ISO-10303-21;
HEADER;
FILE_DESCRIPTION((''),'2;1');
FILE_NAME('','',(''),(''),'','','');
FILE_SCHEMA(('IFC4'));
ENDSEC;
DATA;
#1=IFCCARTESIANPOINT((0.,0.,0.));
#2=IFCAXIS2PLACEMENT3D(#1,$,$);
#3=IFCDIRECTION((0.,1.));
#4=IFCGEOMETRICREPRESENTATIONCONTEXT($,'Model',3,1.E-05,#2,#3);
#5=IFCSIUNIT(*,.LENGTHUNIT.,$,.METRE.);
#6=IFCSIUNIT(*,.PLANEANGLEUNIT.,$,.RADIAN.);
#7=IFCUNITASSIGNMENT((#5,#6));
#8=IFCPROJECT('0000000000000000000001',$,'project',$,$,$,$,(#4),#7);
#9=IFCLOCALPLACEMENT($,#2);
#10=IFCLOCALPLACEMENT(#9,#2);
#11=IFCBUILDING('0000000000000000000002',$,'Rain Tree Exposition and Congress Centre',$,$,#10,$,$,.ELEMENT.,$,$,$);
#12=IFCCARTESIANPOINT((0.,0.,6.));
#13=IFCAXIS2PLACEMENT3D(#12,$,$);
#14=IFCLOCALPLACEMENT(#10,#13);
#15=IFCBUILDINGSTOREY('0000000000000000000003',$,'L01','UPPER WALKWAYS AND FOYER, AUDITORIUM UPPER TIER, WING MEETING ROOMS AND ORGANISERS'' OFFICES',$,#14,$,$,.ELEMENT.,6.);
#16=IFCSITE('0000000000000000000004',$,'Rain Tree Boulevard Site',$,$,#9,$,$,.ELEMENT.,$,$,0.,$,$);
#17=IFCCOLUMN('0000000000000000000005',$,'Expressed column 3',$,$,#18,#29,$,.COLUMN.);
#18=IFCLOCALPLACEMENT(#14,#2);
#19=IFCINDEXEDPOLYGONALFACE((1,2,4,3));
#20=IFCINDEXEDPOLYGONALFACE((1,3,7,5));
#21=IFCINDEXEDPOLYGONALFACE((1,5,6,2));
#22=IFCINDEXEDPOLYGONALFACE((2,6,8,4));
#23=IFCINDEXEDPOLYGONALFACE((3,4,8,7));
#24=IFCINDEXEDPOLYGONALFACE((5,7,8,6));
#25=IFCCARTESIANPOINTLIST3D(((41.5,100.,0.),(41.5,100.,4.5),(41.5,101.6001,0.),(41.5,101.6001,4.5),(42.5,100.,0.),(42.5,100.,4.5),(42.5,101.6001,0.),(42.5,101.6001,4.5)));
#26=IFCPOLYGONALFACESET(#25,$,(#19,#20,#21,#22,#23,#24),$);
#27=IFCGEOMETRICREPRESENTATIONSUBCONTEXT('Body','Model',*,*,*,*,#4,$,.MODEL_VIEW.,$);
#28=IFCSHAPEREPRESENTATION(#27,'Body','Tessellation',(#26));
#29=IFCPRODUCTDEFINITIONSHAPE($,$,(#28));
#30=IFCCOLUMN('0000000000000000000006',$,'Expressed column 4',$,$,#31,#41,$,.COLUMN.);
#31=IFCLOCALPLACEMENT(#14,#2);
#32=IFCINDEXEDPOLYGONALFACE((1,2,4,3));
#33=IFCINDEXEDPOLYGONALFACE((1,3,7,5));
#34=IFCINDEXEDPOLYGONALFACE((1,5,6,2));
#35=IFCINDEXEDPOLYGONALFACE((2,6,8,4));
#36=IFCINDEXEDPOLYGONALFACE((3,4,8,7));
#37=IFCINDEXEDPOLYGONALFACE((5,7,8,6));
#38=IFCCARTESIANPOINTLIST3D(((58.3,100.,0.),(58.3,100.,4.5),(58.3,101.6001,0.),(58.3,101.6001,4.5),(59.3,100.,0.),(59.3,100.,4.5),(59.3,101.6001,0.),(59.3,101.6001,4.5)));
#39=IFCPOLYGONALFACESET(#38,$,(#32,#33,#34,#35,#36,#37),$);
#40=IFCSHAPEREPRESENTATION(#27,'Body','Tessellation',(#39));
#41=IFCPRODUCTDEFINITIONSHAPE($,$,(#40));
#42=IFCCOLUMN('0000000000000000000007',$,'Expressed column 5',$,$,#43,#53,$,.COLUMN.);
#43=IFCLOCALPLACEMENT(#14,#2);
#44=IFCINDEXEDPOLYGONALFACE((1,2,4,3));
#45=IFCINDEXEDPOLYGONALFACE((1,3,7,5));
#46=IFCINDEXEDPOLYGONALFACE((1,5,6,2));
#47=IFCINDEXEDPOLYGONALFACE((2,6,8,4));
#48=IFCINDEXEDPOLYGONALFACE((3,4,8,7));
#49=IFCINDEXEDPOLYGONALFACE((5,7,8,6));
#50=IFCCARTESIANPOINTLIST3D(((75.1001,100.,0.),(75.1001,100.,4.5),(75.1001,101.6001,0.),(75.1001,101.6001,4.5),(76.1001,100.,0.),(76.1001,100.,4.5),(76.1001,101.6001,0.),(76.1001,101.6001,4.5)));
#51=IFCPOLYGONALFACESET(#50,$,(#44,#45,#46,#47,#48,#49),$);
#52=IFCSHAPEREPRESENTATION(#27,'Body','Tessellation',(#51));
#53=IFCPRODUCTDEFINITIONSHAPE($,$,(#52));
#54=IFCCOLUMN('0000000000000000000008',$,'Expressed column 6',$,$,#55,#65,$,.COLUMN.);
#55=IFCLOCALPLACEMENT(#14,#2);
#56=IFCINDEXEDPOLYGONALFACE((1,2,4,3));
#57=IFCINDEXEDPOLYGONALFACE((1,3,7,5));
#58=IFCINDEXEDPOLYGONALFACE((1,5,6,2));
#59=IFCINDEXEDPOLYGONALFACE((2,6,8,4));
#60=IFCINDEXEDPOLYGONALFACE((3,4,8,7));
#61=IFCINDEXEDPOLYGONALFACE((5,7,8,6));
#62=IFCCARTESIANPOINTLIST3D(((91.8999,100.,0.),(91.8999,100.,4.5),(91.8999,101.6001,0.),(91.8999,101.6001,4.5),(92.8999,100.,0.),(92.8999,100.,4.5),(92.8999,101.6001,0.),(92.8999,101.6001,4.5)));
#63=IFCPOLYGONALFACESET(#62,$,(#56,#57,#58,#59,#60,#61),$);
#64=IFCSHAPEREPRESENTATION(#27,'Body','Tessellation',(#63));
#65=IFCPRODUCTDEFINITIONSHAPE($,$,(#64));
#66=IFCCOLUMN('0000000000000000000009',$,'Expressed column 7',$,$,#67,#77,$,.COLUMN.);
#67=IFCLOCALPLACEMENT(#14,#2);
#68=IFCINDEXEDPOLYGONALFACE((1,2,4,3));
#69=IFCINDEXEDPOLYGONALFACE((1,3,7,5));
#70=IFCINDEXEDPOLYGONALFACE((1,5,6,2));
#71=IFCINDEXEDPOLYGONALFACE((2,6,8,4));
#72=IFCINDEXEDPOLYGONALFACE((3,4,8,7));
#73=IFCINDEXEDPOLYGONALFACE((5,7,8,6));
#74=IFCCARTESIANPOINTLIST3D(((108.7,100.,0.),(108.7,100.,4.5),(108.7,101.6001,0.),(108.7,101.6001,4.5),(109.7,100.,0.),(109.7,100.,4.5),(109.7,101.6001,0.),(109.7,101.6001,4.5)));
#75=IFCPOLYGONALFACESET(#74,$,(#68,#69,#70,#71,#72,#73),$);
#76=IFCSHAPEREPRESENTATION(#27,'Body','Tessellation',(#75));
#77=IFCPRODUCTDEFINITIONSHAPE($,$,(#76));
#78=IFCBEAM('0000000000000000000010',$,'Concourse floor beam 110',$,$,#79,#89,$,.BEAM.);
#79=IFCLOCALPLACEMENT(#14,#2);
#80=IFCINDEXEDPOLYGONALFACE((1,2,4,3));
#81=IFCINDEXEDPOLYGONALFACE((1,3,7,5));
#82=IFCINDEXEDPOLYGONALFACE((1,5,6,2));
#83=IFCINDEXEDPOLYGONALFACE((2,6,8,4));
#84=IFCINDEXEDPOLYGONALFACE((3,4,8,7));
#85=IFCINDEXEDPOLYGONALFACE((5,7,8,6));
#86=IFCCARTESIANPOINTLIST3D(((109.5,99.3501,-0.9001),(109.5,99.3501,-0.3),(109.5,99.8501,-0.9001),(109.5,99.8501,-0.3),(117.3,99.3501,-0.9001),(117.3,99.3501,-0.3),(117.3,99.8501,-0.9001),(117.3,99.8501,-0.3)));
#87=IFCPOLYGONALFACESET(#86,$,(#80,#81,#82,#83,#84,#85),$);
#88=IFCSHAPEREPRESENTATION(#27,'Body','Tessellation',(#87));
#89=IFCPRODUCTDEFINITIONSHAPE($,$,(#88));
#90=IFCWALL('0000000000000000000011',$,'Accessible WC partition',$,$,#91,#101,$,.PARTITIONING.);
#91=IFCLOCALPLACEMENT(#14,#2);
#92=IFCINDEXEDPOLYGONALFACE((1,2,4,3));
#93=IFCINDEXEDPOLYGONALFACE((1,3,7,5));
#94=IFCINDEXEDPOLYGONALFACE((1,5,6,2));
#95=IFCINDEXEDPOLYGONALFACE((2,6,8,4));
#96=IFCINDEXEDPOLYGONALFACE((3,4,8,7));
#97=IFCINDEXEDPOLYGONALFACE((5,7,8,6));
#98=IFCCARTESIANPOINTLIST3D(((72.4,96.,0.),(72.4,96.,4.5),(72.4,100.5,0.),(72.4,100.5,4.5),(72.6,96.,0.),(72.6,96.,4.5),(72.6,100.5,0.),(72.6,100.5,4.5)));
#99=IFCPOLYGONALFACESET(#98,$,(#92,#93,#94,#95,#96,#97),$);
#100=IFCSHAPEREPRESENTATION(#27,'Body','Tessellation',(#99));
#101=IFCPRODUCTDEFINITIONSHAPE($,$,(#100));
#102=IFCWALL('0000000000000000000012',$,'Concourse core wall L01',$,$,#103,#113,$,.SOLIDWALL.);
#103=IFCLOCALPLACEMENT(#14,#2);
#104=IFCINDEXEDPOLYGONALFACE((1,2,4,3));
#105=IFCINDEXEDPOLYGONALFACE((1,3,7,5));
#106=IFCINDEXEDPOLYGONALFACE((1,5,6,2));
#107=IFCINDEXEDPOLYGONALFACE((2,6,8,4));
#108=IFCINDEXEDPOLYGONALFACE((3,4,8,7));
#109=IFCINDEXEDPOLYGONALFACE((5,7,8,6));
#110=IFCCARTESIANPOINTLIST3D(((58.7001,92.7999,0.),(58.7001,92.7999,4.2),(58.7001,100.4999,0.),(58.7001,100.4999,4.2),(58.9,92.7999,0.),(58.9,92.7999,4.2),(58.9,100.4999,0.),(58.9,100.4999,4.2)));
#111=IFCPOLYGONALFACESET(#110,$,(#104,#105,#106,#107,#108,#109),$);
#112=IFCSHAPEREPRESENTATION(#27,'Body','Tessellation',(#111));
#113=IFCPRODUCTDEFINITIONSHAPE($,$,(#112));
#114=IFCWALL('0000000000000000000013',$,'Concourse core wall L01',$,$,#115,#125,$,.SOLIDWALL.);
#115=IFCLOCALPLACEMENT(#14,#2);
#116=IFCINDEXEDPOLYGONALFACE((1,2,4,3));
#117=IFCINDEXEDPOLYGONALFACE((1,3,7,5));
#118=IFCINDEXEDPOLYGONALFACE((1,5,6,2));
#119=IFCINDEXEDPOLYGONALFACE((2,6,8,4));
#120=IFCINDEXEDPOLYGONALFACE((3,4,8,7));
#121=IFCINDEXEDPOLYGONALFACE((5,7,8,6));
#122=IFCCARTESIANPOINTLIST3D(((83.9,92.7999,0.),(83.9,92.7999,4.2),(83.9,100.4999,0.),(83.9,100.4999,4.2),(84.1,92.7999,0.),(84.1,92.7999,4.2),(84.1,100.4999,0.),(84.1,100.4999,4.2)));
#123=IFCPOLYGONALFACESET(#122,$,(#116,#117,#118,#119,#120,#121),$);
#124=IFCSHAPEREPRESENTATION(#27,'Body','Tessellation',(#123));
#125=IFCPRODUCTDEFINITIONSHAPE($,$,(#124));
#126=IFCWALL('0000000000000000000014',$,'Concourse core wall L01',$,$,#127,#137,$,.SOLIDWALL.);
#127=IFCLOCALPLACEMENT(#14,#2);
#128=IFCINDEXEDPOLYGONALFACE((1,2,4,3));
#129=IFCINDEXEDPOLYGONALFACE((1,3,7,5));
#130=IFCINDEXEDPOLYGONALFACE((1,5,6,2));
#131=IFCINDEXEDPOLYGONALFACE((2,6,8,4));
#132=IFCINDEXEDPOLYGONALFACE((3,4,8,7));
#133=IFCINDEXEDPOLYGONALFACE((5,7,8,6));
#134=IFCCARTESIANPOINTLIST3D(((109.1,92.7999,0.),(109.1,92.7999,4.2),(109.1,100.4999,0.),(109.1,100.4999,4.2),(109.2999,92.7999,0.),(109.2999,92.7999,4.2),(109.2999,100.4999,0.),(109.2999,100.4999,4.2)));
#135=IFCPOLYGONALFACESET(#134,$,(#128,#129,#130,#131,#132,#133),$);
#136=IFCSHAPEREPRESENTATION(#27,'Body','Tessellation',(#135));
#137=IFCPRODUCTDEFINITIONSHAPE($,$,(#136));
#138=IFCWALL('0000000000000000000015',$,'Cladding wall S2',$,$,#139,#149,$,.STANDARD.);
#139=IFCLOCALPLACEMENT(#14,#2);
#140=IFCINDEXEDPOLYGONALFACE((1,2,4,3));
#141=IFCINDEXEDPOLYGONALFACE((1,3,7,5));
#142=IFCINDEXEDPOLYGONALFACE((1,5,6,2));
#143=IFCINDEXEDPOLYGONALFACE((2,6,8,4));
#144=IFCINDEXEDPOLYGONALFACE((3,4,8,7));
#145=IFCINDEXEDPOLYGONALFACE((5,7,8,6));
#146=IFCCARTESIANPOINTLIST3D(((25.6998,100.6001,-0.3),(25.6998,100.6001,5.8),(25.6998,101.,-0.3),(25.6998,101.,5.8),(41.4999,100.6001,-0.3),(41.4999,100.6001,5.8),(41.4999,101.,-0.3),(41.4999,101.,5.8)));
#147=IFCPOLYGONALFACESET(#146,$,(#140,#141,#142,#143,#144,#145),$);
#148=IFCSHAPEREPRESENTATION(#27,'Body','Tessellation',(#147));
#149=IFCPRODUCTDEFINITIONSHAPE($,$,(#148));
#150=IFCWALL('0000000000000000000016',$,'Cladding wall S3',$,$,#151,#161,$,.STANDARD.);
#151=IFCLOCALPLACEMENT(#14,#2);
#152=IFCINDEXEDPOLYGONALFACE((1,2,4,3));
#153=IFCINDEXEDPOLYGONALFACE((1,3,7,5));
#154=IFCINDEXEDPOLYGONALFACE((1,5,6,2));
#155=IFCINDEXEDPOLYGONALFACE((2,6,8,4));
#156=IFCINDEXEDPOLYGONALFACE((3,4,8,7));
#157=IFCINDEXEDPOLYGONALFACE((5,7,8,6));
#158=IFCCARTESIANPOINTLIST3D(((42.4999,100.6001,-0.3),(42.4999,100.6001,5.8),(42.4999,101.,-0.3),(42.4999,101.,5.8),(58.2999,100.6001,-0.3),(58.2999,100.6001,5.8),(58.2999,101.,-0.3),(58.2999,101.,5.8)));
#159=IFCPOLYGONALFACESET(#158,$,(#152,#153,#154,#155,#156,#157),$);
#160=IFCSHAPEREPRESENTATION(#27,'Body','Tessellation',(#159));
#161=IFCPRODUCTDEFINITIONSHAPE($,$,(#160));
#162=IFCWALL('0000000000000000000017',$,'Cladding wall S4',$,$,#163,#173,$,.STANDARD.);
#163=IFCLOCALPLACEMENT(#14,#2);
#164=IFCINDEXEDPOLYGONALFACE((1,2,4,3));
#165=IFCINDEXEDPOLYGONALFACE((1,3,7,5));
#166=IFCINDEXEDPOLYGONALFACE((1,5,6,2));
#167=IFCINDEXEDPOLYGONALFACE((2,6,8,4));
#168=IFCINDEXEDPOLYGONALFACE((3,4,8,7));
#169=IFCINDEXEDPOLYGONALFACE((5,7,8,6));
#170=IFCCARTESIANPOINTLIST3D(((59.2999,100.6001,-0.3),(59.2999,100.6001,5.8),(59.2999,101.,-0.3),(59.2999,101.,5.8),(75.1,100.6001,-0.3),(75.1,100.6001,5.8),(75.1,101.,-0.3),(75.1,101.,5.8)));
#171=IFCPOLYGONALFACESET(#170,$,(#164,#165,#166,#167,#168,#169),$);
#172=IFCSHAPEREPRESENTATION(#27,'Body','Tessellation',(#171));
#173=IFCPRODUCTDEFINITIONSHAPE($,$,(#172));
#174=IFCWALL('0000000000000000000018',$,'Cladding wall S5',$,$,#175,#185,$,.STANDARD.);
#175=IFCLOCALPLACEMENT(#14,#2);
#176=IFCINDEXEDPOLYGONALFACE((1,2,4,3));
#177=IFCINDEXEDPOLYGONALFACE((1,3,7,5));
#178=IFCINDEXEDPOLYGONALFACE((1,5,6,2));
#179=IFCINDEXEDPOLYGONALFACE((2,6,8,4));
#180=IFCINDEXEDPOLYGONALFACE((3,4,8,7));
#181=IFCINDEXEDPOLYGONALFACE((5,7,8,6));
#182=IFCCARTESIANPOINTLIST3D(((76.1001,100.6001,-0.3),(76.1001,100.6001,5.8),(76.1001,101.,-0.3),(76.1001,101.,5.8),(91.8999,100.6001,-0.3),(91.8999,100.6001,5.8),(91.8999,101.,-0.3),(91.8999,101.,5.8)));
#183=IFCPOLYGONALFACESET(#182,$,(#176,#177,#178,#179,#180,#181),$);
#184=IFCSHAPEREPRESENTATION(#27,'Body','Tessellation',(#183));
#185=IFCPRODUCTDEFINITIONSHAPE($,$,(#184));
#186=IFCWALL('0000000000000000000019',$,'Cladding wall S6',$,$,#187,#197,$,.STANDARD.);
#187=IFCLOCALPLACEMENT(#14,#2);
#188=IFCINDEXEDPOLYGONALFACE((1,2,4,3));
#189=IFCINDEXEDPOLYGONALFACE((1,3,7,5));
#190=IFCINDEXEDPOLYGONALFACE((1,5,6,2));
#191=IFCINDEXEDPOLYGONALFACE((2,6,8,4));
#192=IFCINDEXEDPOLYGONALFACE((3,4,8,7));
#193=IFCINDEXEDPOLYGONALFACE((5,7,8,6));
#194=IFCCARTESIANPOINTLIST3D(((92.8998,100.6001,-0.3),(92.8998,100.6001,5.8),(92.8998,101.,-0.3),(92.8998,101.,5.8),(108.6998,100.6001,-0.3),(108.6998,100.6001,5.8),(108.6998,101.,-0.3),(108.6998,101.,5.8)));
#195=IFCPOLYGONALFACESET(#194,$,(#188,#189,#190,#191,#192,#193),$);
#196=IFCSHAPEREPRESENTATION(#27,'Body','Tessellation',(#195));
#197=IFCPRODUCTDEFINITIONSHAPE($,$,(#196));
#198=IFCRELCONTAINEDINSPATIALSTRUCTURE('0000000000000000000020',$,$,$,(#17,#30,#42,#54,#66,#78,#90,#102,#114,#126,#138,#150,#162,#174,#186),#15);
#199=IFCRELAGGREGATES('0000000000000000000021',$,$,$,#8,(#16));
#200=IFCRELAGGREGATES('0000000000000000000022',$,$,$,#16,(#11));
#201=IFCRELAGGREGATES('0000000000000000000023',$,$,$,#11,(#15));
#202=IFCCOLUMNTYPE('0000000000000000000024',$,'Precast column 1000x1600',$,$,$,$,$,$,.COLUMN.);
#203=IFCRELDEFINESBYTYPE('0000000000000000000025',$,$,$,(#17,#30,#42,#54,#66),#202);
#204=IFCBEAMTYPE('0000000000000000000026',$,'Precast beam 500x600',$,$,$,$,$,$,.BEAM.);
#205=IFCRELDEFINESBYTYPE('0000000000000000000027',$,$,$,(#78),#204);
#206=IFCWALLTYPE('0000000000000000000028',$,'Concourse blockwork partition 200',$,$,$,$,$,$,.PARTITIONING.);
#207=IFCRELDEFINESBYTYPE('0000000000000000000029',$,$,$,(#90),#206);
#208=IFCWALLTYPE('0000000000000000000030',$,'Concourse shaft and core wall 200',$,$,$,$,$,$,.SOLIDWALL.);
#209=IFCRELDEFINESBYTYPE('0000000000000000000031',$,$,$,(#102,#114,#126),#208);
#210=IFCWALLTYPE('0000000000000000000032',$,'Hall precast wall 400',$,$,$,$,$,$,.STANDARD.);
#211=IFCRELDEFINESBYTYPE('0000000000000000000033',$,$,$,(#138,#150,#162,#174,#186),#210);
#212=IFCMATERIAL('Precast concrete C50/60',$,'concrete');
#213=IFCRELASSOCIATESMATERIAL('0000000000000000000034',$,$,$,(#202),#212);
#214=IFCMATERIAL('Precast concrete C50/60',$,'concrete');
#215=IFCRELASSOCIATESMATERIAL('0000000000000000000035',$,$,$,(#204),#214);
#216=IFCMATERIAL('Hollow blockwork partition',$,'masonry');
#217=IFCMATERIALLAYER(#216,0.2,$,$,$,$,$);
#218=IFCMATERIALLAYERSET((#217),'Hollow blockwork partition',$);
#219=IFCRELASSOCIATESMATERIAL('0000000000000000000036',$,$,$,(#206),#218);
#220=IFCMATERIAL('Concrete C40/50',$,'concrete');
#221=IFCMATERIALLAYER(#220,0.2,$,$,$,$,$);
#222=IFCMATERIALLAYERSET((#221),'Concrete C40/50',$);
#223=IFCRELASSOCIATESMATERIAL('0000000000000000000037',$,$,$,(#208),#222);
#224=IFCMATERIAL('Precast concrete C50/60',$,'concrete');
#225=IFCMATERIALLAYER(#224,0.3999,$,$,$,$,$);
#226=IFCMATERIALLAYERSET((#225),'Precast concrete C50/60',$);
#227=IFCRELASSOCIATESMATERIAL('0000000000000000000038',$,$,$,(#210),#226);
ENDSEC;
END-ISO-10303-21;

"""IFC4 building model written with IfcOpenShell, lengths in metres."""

from ifc_helpers import new_model, si_unit, direction, frame, frame_2d, origin, origin_2d, place, context, subcontext, project, spatial, rectangle, extrude, material, layer, layer_set, material_profile, profile_set, type_object, element, save


model = new_model("IFC4")

# Units and contexts
model_context = context("Model", 3, precision=1e-05, world=origin(), true_north=direction((0.0, 1.0)))
body_context = subcontext(model_context, "Body", "Model", "MODEL_VIEW")
ifc_project = project(units=[si_unit("LENGTHUNIT", "METRE"), si_unit("PLANEANGLEUNIT", "RADIAN")], contexts=[model_context])

# Site, building, storey
site_placement = place(None, origin())
site = spatial("IfcSite", under=ifc_project, at=site_placement, Name="Rain Tree Boulevard Site", CompositionType="ELEMENT", RefElevation=0.0)
building_placement = place(site_placement, origin())
building = spatial("IfcBuilding", under=site, at=building_placement, Name="Rain Tree Exposition and Congress Centre", CompositionType="ELEMENT")
storey_placement = place(building_placement, frame((0.0, 0.0, 6.0)))
storey = spatial("IfcBuildingStorey", under=building, at=storey_placement, Name="L01", Description="UPPER WALKWAYS AND FOYER, AUDITORIUM UPPER TIER, WING MEETING ROOMS AND ORGANISERS' OFFICES", CompositionType="ELEMENT", Elevation=6.0)

# Columns
ifc_material_1 = material(Name="Precast concrete C50/60", Category="concrete")
ifc_material_profile_1 = material_profile(ifc_material_1, rectangle(XDim=1.0, YDim=1.6001, at=origin_2d()), Name="RC 1000x1600")
ifc_profile_set_1 = profile_set([ifc_material_profile_1], Name="Precast concrete C50/60")
column_type = type_object("IfcColumnType", Name="Precast column 1000x1600", PredefinedType="COLUMN", material=ifc_profile_set_1)
for number, where, z_axis, x_axis, name in (
    (1, (42.0, 100.8, 0.0), (0.0, 0.0, 1.0), (1.0, 0.0, 0.0), "Expressed column 3"),
    (2, (58.8, 100.8, 0.0), (0.0, 0.0, 1.0), (1.0, 0.0, 0.0), "Expressed column 4"),
    (3, (75.6001, 100.8, 0.0), (0.0, 0.0, 1.0), (1.0, 0.0, 0.0), "Expressed column 5"),
    (4, (92.3999, 100.8, 0.0), (0.0, 0.0, 1.0), (1.0, 0.0, 0.0), "Expressed column 6"),
    (5, (109.2, 100.8, 0.0), (0.0, 0.0, 1.0), (1.0, 0.0, 0.0), "Expressed column 7"),
):
    element("IfcColumn", number, at=place(storey_placement, frame(where, z_axis=z_axis, x_axis=x_axis)), inside=storey, type_object=column_type, Name=name, PredefinedType="COLUMN", context=body_context, shape_type="SweptSolid", body=[
        extrude(rectangle(XDim=1.0, YDim=1.6001, at=origin_2d()), origin(), (0.0, 0.0, 1.0), 4.5),
    ])

# Beam
ifc_material_2 = material(Name="Precast concrete C50/60", Category="concrete")
ifc_material_profile_2 = material_profile(ifc_material_2, rectangle(XDim=0.5, YDim=0.6001, at=origin_2d()), Name="RC 500x600")
ifc_profile_set_2 = profile_set([ifc_material_profile_2], Name="Precast concrete C50/60")
beam_type = type_object("IfcBeamType", Name="Precast beam 500x600", PredefinedType="BEAM", material=ifc_profile_set_2)
beam_placement = place(storey_placement, frame((109.5, 99.6001, -0.6001), z_axis=(1.0, 0.0, 0.0), x_axis=(0.0, 1.0, 0.0)))
element("IfcBeam", 6, at=beam_placement, inside=storey, type_object=beam_type, Name="Concourse floor beam 110", PredefinedType="BEAM", context=body_context, shape_type="SweptSolid", body=[
    extrude(rectangle(XDim=0.5, YDim=0.6001, at=origin_2d()), origin(), (0.0, 0.0, 1.0), 7.8),
])

# Wall
ifc_material_3 = material(Name="Hollow blockwork partition", Category="masonry")
ifc_layer_1 = layer(ifc_material_3, 0.2)
ifc_layer_set_1 = layer_set([ifc_layer_1], Name="Hollow blockwork partition")
wall_type_1 = type_object("IfcWallType", Name="Concourse blockwork partition 200", PredefinedType="PARTITIONING", material=ifc_layer_set_1)
wall_1_placement = place(storey_placement, frame((72.5, 100.5, 0.0), z_axis=(0.0, 0.0, 1.0), x_axis=(0.0, -1.0, 0.0)))
element("IfcWall", 7, at=wall_1_placement, inside=storey, type_object=wall_type_1, Name="Accessible WC partition", PredefinedType="PARTITIONING", context=body_context, shape_type="SweptSolid", body=[
    extrude(rectangle(XDim=4.5, YDim=0.2, at=frame_2d((2.25, 0.0))), origin(), (0.0, 0.0, 1.0), 4.5),
])

# Shared definitions
ifc_material_4 = material(Name="Concrete C40/50", Category="concrete")
ifc_layer_2 = layer(ifc_material_4, 0.2)
ifc_layer_set_2 = layer_set([ifc_layer_2], Name="Concrete C40/50")
wall_type_2 = type_object("IfcWallType", Name="Concourse shaft and core wall 200", PredefinedType="SOLIDWALL", material=ifc_layer_set_2)

# Wall
wall_2_placement = place(storey_placement, frame((58.8, 100.5, 0.0), z_axis=(0.0, 0.0, 1.0), x_axis=(0.0, -1.0, 0.0)))
element("IfcWall", 8, at=wall_2_placement, inside=storey, type_object=wall_type_2, Name="Concourse core wall L01", PredefinedType="SOLIDWALL", context=body_context, shape_type="SweptSolid", body=[
    extrude(rectangle(XDim=7.7, YDim=0.2, at=frame_2d((3.8501, 0.0))), origin(), (0.0, 0.0, 1.0), 4.2),
])

# Wall
wall_3_placement = place(storey_placement, frame((84.0, 100.5, 0.0), z_axis=(0.0, 0.0, 1.0), x_axis=(0.0, -1.0, 0.0)))
element("IfcWall", 9, at=wall_3_placement, inside=storey, type_object=wall_type_2, Name="Concourse core wall L01", PredefinedType="SOLIDWALL", context=body_context, shape_type="SweptSolid", body=[
    extrude(rectangle(XDim=7.7, YDim=0.2, at=frame_2d((3.8501, 0.0))), origin(), (0.0, 0.0, 1.0), 4.2),
])

# Walls
wall_4_placement = place(storey_placement, frame((109.2, 100.5, 0.0), z_axis=(0.0, 0.0, 1.0), x_axis=(0.0, -1.0, 0.0)))
element("IfcWall", 10, at=wall_4_placement, inside=storey, type_object=wall_type_2, Name="Concourse core wall L01", PredefinedType="SOLIDWALL", context=body_context, shape_type="SweptSolid", body=[
    extrude(rectangle(XDim=7.7, YDim=0.2, at=frame_2d((3.8501, 0.0))), origin(), (0.0, 0.0, 1.0), 4.2),
])
ifc_material_5 = material(Name="Precast concrete C50/60", Category="concrete")
ifc_layer_3 = layer(ifc_material_5, 0.3999)
ifc_layer_set_3 = layer_set([ifc_layer_3], Name="Precast concrete C50/60")
wall_type_3 = type_object("IfcWallType", Name="Hall precast wall 400", PredefinedType="STANDARD", material=ifc_layer_set_3)
for number, where, z_axis, x_axis, name in (
    (11, (25.7, 100.8, -0.3), (0.0, 0.0, 1.0), (1.0, 0.0, 0.0), "Cladding wall S2"),
    (12, (42.5, 100.8, -0.3), (0.0, 0.0, 1.0), (1.0, 0.0, 0.0), "Cladding wall S3"),
    (13, (59.3, 100.8, -0.3), (0.0, 0.0, 1.0), (1.0, 0.0, 0.0), "Cladding wall S4"),
):
    element("IfcWall", number, at=place(storey_placement, frame(where, z_axis=z_axis, x_axis=x_axis)), inside=storey, type_object=wall_type_3, Name=name, PredefinedType="STANDARD", context=body_context, shape_type="SweptSolid", body=[
        extrude(rectangle(XDim=15.8, YDim=0.3999, at=frame_2d((7.8999, 0.0))), origin(), (0.0, 0.0, 1.0), 6.1001),
    ])
wall_5_placement = place(storey_placement, frame((76.1001, 100.8, -0.3), z_axis=(0.0, 0.0, 1.0), x_axis=(1.0, 0.0, 0.0)))
element("IfcWall", 14, at=wall_5_placement, inside=storey, type_object=wall_type_3, Name="Cladding wall S5", PredefinedType="STANDARD", context=body_context, shape_type="SweptSolid", body=[
    extrude(rectangle(XDim=15.7998, YDim=0.3999, at=frame_2d((7.8999, 0.0))), origin(), (0.0, 0.0, 1.0), 6.1001),
])
wall_6_placement = place(storey_placement, frame((92.8999, 100.8, -0.3), z_axis=(0.0, 0.0, 1.0), x_axis=(1.0, 0.0, 0.0)))
element("IfcWall", 15, at=wall_6_placement, inside=storey, type_object=wall_type_3, Name="Cladding wall S6", PredefinedType="STANDARD", context=body_context, shape_type="SweptSolid", body=[
    extrude(rectangle(XDim=15.8, YDim=0.3999, at=frame_2d((7.8999, 0.0))), origin(), (0.0, 0.0, 1.0), 6.1001),
])

save(model, "model.ifc")
